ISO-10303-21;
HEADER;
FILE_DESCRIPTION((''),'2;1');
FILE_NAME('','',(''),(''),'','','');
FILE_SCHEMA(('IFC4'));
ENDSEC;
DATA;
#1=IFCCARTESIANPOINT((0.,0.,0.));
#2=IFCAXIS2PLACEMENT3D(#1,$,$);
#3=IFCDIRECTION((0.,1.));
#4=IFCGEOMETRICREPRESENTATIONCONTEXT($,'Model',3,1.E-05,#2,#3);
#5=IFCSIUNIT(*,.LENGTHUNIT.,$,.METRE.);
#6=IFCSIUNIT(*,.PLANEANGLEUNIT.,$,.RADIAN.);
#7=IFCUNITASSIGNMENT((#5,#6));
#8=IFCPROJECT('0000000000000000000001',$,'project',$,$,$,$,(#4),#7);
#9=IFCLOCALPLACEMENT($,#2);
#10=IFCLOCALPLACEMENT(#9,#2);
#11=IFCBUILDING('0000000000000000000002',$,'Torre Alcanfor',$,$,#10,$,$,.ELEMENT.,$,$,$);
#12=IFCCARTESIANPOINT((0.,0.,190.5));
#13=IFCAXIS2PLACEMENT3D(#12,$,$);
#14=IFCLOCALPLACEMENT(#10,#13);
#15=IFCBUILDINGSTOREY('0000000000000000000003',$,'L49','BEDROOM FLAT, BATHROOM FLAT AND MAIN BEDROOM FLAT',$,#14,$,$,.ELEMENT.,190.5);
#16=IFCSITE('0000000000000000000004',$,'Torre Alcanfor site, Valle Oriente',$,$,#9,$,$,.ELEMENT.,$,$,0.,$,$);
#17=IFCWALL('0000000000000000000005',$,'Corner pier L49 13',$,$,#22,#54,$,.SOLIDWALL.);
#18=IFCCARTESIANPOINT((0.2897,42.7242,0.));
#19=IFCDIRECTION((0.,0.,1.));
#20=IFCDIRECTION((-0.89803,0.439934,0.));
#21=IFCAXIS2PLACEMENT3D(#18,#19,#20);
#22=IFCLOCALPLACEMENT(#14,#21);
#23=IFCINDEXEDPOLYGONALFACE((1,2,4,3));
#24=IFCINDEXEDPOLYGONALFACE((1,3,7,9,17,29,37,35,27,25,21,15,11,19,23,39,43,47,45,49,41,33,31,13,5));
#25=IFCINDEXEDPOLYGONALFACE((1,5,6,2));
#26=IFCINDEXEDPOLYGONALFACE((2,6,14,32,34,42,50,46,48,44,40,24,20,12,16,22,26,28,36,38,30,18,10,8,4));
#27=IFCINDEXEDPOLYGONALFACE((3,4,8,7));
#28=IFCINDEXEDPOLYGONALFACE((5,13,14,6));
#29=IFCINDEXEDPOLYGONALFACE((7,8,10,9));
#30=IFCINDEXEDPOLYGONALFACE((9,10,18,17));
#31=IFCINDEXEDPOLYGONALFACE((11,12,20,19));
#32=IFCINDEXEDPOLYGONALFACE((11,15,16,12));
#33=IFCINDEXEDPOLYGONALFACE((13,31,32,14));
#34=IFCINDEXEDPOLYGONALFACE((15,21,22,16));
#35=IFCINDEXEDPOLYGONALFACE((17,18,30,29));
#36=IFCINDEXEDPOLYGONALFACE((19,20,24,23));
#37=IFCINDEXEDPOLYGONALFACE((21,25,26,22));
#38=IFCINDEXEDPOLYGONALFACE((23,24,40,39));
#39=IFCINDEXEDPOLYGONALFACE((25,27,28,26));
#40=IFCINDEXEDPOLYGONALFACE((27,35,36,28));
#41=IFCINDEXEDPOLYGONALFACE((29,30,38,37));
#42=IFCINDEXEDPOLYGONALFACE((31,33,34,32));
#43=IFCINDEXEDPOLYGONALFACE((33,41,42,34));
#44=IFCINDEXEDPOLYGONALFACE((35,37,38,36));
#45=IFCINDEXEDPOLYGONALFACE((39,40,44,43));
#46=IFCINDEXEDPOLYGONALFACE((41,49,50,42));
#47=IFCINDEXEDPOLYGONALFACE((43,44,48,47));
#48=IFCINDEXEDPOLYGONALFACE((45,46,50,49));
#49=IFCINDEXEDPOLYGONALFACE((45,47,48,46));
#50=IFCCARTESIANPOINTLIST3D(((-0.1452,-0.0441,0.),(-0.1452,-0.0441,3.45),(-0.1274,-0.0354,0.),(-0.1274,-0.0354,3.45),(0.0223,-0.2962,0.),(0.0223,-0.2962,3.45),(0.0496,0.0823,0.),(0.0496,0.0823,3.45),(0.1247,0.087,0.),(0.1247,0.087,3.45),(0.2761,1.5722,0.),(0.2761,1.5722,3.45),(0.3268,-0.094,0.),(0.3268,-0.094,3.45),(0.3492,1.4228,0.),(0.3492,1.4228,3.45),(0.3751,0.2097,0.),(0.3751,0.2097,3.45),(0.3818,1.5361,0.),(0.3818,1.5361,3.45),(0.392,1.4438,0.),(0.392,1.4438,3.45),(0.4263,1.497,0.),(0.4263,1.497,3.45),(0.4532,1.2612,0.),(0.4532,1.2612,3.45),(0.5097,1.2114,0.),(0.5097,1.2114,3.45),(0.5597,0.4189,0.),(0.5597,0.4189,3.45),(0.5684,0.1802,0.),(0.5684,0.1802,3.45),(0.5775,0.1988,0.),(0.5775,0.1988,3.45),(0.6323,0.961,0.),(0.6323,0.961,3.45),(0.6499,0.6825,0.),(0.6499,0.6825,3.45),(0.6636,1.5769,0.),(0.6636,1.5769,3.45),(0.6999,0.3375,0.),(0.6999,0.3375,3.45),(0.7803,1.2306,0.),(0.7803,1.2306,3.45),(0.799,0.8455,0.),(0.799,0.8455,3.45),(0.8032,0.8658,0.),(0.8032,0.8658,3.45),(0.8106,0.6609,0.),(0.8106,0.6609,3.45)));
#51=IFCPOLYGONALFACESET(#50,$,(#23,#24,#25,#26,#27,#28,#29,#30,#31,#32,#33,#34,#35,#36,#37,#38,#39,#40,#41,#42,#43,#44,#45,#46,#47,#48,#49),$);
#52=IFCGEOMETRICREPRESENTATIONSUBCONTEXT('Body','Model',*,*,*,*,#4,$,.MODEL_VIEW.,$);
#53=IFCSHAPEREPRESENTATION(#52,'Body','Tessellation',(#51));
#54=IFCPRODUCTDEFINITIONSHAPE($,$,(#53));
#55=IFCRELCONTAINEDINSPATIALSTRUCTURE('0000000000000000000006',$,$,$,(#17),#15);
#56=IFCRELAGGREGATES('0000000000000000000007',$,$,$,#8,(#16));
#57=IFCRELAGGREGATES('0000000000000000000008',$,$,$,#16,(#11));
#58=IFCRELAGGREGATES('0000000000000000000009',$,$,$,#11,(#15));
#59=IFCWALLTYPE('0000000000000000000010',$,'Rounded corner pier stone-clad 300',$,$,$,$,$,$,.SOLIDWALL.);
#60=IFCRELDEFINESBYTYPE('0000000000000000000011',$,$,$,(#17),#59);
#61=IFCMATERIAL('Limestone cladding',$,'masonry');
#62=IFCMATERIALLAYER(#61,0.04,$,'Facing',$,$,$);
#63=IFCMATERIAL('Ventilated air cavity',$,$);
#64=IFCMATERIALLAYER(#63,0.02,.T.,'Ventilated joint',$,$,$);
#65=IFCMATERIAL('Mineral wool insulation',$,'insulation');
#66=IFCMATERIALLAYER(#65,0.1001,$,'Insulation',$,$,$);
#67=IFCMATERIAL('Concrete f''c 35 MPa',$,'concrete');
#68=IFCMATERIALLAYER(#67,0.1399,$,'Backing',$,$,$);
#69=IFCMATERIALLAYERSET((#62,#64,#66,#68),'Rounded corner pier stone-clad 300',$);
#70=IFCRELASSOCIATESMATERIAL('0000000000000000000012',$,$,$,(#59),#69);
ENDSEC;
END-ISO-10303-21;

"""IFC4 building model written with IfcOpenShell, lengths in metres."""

from ifc_helpers import new_model, si_unit, direction, frame, origin, place, context, subcontext, project, spatial, polyline, outline, extrude, material, layer, layer_set, type_object, element, save


model = new_model("IFC4")

# Units and contexts
model_context = context("Model", 3, precision=1e-05, world=origin(), true_north=direction((0.0, 1.0)))
body_context = subcontext(model_context, "Body", "Model", "MODEL_VIEW")
ifc_project = project(units=[si_unit("LENGTHUNIT", "METRE"), si_unit("PLANEANGLEUNIT", "RADIAN")], contexts=[model_context])

# Site, building, storey
site_placement = place(None, origin())
site = spatial("IfcSite", under=ifc_project, at=site_placement, Name="Torre Alcanfor site, Valle Oriente", CompositionType="ELEMENT", RefElevation=0.0)
building_placement = place(site_placement, origin())
building = spatial("IfcBuilding", under=site, at=building_placement, Name="Torre Alcanfor", CompositionType="ELEMENT")
storey_placement = place(building_placement, frame((0.0, 0.0, 190.5)))
storey = spatial("IfcBuildingStorey", under=building, at=storey_placement, Name="L49", Description="BEDROOM FLAT, BATHROOM FLAT AND MAIN BEDROOM FLAT", CompositionType="ELEMENT", Elevation=190.5)

# Wall
ifc_material_1 = material(Name="Limestone cladding", Category="masonry")
ifc_layer_1 = layer(ifc_material_1, 0.04, Name="Facing")
ifc_material_2 = material(Name="Ventilated air cavity")
ifc_layer_2 = layer(ifc_material_2, 0.02, ventilated=True, Name="Ventilated joint")
ifc_material_3 = material(Name="Mineral wool insulation", Category="insulation")
ifc_layer_3 = layer(ifc_material_3, 0.1001, Name="Insulation")
ifc_material_4 = material(Name="Concrete f'c 35 MPa", Category="concrete")
ifc_layer_4 = layer(ifc_material_4, 0.1399, Name="Backing")
ifc_layer_set_1 = layer_set([ifc_layer_1, ifc_layer_2, ifc_layer_3, ifc_layer_4], Name="Rounded corner pier stone-clad 300")
wall_type_1 = type_object("IfcWallType", Name="Rounded corner pier stone-clad 300", PredefinedType="SOLIDWALL", material=ifc_layer_set_1)
wall_1_placement = place(storey_placement, frame((0.2897, 42.7242, 0.0), z_axis=(0.0, 0.0, 1.0), x_axis=(-0.89803, 0.439934, 0.0)))
element("IfcWall", 1, at=wall_1_placement, inside=storey, type_object=wall_type_1, Name="Corner pier L49 13", PredefinedType="SOLIDWALL", context=body_context, shape_type="SweptSolid", body=[
    extrude(outline(polyline([(-0.1452, -0.0441), (0.0223, -0.2962), (0.3268, -0.094), (0.5684, 0.1802), (0.5775, 0.1988), (0.6999, 0.3375), (0.8106, 0.6609), (0.799, 0.8455), (0.8032, 0.8658), (0.7803, 1.2306), (0.6636, 1.5769), (0.4263, 1.497), (0.3818, 1.5361), (0.2761, 1.5722), (0.3492, 1.4228), (0.392, 1.4438), (0.4532, 1.2612), (0.5097, 1.2114), (0.6323, 0.961), (0.6499, 0.6825), (0.5597, 0.4189), (0.3751, 0.2097), (0.1247, 0.087), (0.0496, 0.0823), (-0.1274, -0.0354), (-0.1452, -0.0441)])), origin(), (0.0, 0.0, 1.0), 3.45),
])

save(model, "model.ifc")
